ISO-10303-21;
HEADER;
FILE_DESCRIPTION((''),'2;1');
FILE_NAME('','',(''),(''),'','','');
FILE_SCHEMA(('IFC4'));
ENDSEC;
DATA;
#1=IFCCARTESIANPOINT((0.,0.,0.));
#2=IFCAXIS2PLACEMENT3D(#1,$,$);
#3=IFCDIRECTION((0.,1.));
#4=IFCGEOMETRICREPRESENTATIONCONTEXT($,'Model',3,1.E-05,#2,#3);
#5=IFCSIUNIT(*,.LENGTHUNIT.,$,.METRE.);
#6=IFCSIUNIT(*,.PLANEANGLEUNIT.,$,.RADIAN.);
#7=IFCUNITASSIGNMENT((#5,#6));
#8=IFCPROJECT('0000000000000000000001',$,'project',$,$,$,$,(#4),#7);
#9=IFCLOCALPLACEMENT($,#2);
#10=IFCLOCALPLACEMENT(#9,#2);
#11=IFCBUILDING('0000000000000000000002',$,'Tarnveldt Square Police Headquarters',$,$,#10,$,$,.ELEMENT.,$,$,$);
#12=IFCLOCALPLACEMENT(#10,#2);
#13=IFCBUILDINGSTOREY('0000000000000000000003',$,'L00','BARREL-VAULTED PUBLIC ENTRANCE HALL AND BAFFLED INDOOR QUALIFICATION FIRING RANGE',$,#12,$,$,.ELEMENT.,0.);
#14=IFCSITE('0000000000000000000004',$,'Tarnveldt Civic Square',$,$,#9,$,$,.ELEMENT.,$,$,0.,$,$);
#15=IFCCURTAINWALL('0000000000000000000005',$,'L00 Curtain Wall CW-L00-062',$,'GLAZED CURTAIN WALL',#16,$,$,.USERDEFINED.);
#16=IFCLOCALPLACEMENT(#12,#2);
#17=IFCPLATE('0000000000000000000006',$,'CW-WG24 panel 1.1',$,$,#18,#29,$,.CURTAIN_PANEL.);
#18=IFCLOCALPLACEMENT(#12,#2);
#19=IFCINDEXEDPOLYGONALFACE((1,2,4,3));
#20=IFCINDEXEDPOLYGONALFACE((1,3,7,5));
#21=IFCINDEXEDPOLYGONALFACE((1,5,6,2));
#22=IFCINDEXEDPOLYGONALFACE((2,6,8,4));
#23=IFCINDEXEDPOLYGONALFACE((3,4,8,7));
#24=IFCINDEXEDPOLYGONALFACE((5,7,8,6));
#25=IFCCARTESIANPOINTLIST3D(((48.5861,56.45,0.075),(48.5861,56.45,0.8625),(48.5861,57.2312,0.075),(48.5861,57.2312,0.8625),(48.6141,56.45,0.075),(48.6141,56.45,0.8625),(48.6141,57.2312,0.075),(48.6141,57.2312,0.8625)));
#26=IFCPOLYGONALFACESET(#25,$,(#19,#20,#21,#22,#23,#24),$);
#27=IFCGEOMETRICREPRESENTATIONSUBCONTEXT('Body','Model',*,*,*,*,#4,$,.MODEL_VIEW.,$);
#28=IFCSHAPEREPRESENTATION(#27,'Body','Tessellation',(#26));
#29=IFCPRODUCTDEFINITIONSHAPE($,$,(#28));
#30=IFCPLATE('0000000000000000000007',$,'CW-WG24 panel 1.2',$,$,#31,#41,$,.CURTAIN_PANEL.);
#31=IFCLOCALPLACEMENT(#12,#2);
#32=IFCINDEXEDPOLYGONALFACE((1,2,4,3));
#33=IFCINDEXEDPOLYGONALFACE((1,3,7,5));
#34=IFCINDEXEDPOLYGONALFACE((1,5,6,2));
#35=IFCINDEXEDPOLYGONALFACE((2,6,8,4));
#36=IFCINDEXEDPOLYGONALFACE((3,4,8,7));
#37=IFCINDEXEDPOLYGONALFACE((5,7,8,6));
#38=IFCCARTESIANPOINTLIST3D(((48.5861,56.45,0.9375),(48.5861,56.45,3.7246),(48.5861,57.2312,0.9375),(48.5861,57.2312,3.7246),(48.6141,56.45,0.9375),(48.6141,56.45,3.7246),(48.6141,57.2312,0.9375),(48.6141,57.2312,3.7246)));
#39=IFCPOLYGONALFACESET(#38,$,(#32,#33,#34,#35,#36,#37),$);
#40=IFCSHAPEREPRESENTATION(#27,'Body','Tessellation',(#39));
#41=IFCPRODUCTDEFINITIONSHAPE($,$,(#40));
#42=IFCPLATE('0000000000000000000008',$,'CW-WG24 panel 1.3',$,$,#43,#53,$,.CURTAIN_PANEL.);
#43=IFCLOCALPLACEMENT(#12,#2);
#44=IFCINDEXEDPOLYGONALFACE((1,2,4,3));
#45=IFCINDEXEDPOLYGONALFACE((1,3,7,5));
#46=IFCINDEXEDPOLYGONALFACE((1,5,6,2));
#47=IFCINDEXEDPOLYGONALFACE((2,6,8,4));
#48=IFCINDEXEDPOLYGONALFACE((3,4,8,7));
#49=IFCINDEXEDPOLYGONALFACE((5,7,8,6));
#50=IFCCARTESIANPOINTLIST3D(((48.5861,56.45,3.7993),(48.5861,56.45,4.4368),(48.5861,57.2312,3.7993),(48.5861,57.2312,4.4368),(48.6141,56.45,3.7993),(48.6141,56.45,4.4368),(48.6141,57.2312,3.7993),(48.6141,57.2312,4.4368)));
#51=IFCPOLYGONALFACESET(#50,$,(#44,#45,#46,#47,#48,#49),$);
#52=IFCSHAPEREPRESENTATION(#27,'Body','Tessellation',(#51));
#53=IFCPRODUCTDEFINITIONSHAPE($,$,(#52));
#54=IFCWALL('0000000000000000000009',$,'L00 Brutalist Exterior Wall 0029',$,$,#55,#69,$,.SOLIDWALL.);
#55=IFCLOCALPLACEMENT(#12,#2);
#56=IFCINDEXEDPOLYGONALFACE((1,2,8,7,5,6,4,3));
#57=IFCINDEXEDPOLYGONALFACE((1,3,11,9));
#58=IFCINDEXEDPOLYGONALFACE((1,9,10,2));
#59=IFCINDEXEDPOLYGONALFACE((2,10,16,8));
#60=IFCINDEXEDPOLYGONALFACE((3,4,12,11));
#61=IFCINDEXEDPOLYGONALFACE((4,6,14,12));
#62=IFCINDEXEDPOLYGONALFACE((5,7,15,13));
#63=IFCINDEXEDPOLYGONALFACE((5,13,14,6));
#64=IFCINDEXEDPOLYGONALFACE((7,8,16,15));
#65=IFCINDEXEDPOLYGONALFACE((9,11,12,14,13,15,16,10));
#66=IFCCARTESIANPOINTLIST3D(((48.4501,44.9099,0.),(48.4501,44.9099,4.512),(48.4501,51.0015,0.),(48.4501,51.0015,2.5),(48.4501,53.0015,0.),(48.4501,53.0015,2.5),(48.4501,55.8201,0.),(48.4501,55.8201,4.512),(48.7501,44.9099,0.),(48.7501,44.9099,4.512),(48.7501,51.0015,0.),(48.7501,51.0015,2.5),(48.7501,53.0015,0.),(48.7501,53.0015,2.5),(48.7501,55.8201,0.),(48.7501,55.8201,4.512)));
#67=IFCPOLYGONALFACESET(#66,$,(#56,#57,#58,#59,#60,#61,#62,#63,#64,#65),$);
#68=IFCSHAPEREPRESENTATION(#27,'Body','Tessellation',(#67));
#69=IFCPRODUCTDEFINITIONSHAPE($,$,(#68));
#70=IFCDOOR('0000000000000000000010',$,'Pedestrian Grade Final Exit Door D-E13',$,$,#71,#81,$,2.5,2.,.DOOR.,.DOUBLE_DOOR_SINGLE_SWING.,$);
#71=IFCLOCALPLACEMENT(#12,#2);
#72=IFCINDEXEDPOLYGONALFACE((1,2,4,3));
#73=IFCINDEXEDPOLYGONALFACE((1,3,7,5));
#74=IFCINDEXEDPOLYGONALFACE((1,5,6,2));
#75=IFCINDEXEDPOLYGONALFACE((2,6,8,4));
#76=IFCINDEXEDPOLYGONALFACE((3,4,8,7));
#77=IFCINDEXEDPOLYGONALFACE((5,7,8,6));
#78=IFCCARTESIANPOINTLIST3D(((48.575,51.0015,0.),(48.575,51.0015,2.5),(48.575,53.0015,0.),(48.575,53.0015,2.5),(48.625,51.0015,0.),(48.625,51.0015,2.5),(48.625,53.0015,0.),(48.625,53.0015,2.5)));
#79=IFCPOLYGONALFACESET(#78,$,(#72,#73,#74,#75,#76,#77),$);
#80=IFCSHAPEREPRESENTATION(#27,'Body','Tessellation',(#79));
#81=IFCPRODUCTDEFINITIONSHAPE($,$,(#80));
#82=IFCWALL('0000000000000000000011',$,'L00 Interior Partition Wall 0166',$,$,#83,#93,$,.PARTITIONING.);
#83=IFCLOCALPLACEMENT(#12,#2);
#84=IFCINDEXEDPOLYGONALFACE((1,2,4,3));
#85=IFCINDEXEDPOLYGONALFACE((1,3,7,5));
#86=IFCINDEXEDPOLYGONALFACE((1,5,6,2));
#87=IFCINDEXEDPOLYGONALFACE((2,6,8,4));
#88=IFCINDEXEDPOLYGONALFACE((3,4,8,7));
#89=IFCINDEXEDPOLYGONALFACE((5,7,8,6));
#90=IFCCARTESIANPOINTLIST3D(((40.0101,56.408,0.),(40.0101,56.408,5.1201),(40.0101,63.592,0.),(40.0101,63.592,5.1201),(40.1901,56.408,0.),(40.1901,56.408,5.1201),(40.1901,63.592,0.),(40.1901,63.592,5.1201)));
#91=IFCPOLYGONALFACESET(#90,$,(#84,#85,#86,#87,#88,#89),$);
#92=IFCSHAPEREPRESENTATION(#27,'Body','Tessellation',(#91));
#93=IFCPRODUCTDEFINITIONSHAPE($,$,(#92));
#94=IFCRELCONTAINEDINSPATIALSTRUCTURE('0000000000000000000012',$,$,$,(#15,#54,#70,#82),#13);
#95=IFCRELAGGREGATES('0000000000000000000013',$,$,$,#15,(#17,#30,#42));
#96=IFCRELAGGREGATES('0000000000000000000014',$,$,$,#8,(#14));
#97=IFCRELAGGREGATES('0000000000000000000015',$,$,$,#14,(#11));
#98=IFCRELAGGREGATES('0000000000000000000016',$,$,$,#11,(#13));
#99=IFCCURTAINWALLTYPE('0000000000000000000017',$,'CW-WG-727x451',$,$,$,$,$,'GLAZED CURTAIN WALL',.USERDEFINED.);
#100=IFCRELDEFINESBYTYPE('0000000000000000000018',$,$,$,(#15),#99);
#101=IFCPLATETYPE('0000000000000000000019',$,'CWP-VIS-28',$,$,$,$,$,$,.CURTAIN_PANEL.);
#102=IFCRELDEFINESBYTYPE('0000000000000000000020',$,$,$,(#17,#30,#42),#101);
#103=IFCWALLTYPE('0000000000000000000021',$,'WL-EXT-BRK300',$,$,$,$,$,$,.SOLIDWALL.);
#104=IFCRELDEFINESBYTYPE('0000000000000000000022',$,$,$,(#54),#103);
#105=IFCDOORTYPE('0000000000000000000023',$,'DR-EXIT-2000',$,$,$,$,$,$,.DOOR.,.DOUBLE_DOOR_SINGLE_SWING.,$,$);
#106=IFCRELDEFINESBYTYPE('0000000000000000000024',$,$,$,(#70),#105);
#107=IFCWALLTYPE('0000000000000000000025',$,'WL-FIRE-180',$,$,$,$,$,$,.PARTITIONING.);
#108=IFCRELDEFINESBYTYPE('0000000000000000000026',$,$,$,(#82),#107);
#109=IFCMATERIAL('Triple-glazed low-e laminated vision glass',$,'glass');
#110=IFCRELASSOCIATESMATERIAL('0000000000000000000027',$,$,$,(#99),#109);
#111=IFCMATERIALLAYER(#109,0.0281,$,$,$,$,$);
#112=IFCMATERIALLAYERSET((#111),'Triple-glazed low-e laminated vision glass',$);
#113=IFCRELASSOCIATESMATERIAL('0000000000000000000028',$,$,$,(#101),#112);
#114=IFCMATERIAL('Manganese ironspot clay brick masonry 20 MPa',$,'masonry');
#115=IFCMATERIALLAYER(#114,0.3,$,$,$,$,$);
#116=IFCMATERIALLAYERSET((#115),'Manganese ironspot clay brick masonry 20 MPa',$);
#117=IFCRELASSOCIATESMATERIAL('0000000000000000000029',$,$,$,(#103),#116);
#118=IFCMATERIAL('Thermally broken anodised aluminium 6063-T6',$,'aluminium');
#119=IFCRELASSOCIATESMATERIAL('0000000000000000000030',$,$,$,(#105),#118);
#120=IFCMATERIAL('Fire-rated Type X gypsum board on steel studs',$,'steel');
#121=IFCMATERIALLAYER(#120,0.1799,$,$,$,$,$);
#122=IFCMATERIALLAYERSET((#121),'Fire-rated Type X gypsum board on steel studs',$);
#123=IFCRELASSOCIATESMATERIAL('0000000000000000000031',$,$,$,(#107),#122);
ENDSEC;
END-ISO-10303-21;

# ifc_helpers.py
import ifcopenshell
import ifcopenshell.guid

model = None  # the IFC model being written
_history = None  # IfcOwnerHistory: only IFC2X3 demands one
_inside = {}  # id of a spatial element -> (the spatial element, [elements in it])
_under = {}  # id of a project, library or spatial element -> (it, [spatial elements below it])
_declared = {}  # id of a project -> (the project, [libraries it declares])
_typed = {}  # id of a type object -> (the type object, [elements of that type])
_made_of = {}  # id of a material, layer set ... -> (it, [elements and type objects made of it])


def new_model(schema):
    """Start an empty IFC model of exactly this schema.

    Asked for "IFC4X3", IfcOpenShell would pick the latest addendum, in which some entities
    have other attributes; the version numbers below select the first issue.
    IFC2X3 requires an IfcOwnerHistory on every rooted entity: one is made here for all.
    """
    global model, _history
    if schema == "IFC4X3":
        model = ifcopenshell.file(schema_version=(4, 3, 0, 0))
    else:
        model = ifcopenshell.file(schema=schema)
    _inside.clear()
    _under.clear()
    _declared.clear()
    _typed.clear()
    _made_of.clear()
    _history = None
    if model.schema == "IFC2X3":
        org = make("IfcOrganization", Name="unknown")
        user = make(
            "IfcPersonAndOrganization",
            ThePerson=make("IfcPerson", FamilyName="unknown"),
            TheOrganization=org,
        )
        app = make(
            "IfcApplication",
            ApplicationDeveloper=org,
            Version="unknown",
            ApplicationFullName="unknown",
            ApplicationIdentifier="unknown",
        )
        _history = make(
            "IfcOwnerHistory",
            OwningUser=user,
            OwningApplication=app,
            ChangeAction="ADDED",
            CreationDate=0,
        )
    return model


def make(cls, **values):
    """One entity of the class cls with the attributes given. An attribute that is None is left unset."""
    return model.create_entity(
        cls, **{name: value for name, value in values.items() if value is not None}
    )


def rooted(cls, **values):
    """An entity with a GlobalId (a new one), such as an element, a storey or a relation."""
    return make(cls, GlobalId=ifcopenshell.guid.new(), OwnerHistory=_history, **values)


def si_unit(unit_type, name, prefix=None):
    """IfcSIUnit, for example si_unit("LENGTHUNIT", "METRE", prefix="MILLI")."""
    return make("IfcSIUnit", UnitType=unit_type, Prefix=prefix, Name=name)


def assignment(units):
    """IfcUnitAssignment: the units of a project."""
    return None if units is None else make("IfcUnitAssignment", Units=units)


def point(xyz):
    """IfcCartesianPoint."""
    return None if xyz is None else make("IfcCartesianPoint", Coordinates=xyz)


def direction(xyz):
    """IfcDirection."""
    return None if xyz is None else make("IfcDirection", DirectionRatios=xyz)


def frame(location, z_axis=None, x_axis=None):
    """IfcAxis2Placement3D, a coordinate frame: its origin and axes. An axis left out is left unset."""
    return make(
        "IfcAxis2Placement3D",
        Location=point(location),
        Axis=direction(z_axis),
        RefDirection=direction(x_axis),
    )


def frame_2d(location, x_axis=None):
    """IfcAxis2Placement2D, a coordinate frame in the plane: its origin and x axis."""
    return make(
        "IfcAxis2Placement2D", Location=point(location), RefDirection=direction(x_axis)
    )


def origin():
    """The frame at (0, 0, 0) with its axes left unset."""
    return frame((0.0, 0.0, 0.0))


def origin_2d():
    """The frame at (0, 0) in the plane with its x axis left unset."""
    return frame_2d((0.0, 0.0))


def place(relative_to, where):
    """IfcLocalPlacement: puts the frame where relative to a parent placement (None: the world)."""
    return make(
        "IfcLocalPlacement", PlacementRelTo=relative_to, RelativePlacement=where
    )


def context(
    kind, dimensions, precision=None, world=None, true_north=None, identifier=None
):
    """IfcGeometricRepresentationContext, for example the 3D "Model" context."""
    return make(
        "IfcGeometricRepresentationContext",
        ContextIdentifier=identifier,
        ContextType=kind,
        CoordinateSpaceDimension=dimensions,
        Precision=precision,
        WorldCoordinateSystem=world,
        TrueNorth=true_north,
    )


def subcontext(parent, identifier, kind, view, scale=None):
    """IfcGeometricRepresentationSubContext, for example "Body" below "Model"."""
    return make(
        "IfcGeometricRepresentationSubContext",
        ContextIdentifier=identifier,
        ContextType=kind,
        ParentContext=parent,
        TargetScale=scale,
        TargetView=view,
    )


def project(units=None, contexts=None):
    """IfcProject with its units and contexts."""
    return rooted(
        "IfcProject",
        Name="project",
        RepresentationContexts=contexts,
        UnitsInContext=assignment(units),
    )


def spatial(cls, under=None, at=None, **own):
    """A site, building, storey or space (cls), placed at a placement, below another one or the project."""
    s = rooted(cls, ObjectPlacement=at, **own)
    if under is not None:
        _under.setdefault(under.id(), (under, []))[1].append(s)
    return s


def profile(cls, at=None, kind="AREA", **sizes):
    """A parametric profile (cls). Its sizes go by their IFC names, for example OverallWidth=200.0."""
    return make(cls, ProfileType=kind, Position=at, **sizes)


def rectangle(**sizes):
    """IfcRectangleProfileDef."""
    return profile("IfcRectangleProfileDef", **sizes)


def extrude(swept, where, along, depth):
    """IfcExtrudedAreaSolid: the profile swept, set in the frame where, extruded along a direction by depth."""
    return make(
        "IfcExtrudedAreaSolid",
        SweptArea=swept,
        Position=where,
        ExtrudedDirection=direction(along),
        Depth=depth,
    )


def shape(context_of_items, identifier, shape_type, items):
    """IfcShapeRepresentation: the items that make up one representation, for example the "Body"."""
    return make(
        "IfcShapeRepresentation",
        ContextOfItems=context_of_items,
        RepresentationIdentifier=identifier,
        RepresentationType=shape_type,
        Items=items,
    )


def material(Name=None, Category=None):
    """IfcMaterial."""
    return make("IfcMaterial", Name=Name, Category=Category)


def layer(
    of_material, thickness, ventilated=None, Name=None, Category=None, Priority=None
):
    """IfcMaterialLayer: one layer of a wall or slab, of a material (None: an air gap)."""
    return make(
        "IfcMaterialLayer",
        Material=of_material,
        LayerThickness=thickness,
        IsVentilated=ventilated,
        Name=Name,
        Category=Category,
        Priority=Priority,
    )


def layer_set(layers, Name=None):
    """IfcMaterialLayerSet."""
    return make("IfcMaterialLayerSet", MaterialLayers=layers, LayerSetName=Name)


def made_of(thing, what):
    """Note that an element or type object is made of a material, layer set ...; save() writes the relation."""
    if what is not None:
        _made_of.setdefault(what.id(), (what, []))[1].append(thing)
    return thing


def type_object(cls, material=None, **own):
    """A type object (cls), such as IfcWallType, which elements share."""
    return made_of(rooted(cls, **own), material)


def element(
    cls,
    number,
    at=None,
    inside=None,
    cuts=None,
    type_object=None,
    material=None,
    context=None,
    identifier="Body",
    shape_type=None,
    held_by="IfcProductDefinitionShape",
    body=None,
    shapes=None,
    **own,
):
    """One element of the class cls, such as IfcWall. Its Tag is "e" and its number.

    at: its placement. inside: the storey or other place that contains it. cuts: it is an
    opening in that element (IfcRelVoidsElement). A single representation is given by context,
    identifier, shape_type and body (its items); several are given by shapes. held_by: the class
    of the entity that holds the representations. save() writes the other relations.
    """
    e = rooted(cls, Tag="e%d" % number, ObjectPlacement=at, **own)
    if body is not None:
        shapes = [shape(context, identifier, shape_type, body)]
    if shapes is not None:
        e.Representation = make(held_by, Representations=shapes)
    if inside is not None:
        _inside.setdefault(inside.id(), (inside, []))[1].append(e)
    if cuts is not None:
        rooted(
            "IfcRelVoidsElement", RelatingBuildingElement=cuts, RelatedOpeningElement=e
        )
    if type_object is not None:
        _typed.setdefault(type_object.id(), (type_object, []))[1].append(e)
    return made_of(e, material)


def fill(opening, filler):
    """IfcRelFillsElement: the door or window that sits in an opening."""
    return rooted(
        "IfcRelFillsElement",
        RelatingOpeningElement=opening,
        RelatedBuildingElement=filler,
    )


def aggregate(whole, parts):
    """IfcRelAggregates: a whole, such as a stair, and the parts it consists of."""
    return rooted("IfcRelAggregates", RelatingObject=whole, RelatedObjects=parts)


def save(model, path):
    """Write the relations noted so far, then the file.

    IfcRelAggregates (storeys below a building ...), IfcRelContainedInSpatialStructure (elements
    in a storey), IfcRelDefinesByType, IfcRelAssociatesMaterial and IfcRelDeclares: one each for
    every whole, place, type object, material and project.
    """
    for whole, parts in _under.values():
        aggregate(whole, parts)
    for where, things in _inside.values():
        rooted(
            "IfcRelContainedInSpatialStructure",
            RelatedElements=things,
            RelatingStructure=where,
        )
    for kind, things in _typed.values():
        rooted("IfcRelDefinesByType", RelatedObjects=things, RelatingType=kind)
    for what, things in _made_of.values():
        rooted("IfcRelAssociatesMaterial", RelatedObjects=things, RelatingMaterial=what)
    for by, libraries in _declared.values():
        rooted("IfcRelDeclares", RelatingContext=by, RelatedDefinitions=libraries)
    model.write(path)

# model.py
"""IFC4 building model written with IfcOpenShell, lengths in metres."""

from ifc_helpers import new_model, si_unit, direction, frame, frame_2d, origin, origin_2d, place, context, subcontext, project, spatial, rectangle, extrude, material, layer, layer_set, type_object, element, fill, aggregate, save


model = new_model("IFC4")

# Units and contexts
model_context = context("Model", 3, precision=1e-05, world=origin(), true_north=direction((0.0, 1.0)))
body_context = subcontext(model_context, "Body", "Model", "MODEL_VIEW")
ifc_project = project(units=[si_unit("LENGTHUNIT", "METRE"), si_unit("PLANEANGLEUNIT", "RADIAN")], contexts=[model_context])

# Site, building, storey
site_placement = place(None, origin())
site = spatial("IfcSite", under=ifc_project, at=site_placement, Name="Tarnveldt Civic Square", CompositionType="ELEMENT", RefElevation=0.0)
building_placement = place(site_placement, origin())
building = spatial("IfcBuilding", under=site, at=building_placement, Name="Tarnveldt Square Police Headquarters", CompositionType="ELEMENT")
storey_placement = place(building_placement, origin())
storey = spatial("IfcBuildingStorey", under=building, at=storey_placement, Name="L00", Description="BARREL-VAULTED PUBLIC ENTRANCE HALL AND BAFFLED INDOOR QUALIFICATION FIRING RANGE", CompositionType="ELEMENT", Elevation=0.0)

# Curtain wall, plates
ifc_material_1 = material(Name="Triple-glazed low-e laminated vision glass", Category="glass")
curtain_wall_type = type_object("IfcCurtainWallType", Name="CW-WG-727x451", ElementType="GLAZED CURTAIN WALL", PredefinedType="USERDEFINED", material=ifc_material_1)
curtain_wall_placement = place(storey_placement, origin())
curtain_wall = element("IfcCurtainWall", 1, at=curtain_wall_placement, inside=storey, type_object=curtain_wall_type, Name="L00 Curtain Wall CW-L00-062", ObjectType="GLAZED CURTAIN WALL", PredefinedType="USERDEFINED")
ifc_material_2 = material(Name="Thermally broken anodised aluminium 6063-T6", Category="aluminium")
ifc_layer_1 = layer(ifc_material_1, 0.0281)
ifc_layer_set_1 = layer_set([ifc_layer_1], Name="Triple-glazed low-e laminated vision glass")
plate_type = type_object("IfcPlateType", Name="CWP-VIS-28", PredefinedType="CURTAIN_PANEL", material=ifc_layer_set_1)
plate_1_placement = place(storey_placement, frame((48.6001, 56.8406, 0.075), z_axis=(0.0, 0.0, 1.0), x_axis=(0.0, 1.0, 0.0)))
plate_1 = element("IfcPlate", 2, at=plate_1_placement, type_object=plate_type, Name="CW-WG24 panel 1.1", PredefinedType="CURTAIN_PANEL", context=body_context, shape_type="SweptSolid", body=[
    extrude(rectangle(XDim=0.7812, YDim=0.0281, at=origin_2d()), origin(), (0.0, 0.0, 1.0), 0.7876),
])
plate_2_placement = place(storey_placement, frame((48.6001, 56.8406, 0.9375), z_axis=(0.0, 0.0, 1.0), x_axis=(0.0, 1.0, 0.0)))
plate_2 = element("IfcPlate", 3, at=plate_2_placement, type_object=plate_type, Name="CW-WG24 panel 1.2", PredefinedType="CURTAIN_PANEL", context=body_context, shape_type="SweptSolid", body=[
    extrude(rectangle(XDim=0.7812, YDim=0.0281, at=origin_2d()), origin(), (0.0, 0.0, 1.0), 2.7871),
])
plate_3_placement = place(storey_placement, frame((48.6001, 56.8406, 3.7993), z_axis=(0.0, 0.0, 1.0), x_axis=(0.0, 1.0, 0.0)))
plate_3 = element("IfcPlate", 4, at=plate_3_placement, type_object=plate_type, Name="CW-WG24 panel 1.3", PredefinedType="CURTAIN_PANEL", context=body_context, shape_type="SweptSolid", body=[
    extrude(rectangle(XDim=0.7812, YDim=0.0281, at=origin_2d()), origin(), (0.0, 0.0, 1.0), 0.6375),
])
aggregate(curtain_wall, [plate_1, plate_2, plate_3])

# Wall, opening, door
ifc_material_3 = material(Name="Manganese ironspot clay brick masonry 20 MPa", Category="masonry")
ifc_layer_2 = layer(ifc_material_3, 0.3)
ifc_layer_set_2 = layer_set([ifc_layer_2], Name="Manganese ironspot clay brick masonry 20 MPa")
wall_type_1 = type_object("IfcWallType", Name="WL-EXT-BRK300", PredefinedType="SOLIDWALL", material=ifc_layer_set_2)
wall_1_placement = place(storey_placement, frame((48.6001, 44.9099, 0.0), z_axis=(0.0, 0.0, 1.0), x_axis=(0.0, 1.0, 0.0)))
wall_1 = element("IfcWall", 5, at=wall_1_placement, inside=storey, type_object=wall_type_1, Name="L00 Brutalist Exterior Wall 0029", PredefinedType="SOLIDWALL", context=body_context, shape_type="SweptSolid", body=[
    extrude(rectangle(XDim=10.9102, YDim=0.3, at=frame_2d((5.4551, 0.0))), origin(), (0.0, 0.0, 1.0), 4.512),
])
opening_1_placement = place(wall_1_placement, frame((6.0916, 0.0, 0.0)))
opening_1 = element("IfcOpeningElement", 6, at=opening_1_placement, cuts=wall_1, PredefinedType="OPENING", context=body_context, shape_type="SweptSolid", body=[
    extrude(rectangle(XDim=2.0, YDim=2.5, at=frame_2d((1.0, 1.25))), frame((0.0, 0.1599, 0.0), z_axis=(0.0, -1.0, 0.0), x_axis=(1.0, 0.0, 0.0)), (0.0, 0.0, 1.0), 0.3201),
])
door_type_1 = type_object("IfcDoorType", Name="DR-EXIT-2000", OperationType="DOUBLE_DOOR_SINGLE_SWING", PredefinedType="DOOR", material=ifc_material_2)
door_1_placement = place(opening_1_placement, frame((2.0, 0.0, 0.0), z_axis=(0.0, 0.0, 1.0), x_axis=(-1.0, 0.0, 0.0)))
door_1 = element("IfcDoor", 7, at=door_1_placement, inside=storey, type_object=door_type_1, Name="Pedestrian Grade Final Exit Door D-E13", OperationType="DOUBLE_DOOR_SINGLE_SWING", OverallHeight=2.5, OverallWidth=2.0, PredefinedType="DOOR", context=body_context, shape_type="SweptSolid", body=[
    extrude(rectangle(XDim=2.0, YDim=2.5, at=frame_2d((1.0, 1.25))), frame((0.0, 0.0249, 0.0), z_axis=(0.0, -1.0, 0.0), x_axis=(1.0, 0.0, 0.0)), (0.0, 0.0, 1.0), 0.05),
])
fill(opening_1, door_1)
ifc_material_4 = material(Name="Fire-rated Type X gypsum board on steel studs", Category="steel")
ifc_layer_3 = layer(ifc_material_4, 0.1799)
ifc_layer_set_3 = layer_set([ifc_layer_3], Name="Fire-rated Type X gypsum board on steel studs")
wall_type_2 = type_object("IfcWallType", Name="WL-FIRE-180", PredefinedType="PARTITIONING", material=ifc_layer_set_3)

# Wall
wall_2_placement = place(storey_placement, frame((40.1001, 56.408, 0.0), z_axis=(0.0, 0.0, 1.0), x_axis=(0.0, 1.0, 0.0)))
element("IfcWall", 8, at=wall_2_placement, inside=storey, type_object=wall_type_2, Name="L00 Interior Partition Wall 0166", PredefinedType="PARTITIONING", context=body_context, shape_type="SweptSolid", body=[
    extrude(rectangle(XDim=7.1841, YDim=0.1799, at=frame_2d((3.592, 0.0))), origin(), (0.0, 0.0, 1.0), 5.1201),
])

save(model, "model.ifc")
